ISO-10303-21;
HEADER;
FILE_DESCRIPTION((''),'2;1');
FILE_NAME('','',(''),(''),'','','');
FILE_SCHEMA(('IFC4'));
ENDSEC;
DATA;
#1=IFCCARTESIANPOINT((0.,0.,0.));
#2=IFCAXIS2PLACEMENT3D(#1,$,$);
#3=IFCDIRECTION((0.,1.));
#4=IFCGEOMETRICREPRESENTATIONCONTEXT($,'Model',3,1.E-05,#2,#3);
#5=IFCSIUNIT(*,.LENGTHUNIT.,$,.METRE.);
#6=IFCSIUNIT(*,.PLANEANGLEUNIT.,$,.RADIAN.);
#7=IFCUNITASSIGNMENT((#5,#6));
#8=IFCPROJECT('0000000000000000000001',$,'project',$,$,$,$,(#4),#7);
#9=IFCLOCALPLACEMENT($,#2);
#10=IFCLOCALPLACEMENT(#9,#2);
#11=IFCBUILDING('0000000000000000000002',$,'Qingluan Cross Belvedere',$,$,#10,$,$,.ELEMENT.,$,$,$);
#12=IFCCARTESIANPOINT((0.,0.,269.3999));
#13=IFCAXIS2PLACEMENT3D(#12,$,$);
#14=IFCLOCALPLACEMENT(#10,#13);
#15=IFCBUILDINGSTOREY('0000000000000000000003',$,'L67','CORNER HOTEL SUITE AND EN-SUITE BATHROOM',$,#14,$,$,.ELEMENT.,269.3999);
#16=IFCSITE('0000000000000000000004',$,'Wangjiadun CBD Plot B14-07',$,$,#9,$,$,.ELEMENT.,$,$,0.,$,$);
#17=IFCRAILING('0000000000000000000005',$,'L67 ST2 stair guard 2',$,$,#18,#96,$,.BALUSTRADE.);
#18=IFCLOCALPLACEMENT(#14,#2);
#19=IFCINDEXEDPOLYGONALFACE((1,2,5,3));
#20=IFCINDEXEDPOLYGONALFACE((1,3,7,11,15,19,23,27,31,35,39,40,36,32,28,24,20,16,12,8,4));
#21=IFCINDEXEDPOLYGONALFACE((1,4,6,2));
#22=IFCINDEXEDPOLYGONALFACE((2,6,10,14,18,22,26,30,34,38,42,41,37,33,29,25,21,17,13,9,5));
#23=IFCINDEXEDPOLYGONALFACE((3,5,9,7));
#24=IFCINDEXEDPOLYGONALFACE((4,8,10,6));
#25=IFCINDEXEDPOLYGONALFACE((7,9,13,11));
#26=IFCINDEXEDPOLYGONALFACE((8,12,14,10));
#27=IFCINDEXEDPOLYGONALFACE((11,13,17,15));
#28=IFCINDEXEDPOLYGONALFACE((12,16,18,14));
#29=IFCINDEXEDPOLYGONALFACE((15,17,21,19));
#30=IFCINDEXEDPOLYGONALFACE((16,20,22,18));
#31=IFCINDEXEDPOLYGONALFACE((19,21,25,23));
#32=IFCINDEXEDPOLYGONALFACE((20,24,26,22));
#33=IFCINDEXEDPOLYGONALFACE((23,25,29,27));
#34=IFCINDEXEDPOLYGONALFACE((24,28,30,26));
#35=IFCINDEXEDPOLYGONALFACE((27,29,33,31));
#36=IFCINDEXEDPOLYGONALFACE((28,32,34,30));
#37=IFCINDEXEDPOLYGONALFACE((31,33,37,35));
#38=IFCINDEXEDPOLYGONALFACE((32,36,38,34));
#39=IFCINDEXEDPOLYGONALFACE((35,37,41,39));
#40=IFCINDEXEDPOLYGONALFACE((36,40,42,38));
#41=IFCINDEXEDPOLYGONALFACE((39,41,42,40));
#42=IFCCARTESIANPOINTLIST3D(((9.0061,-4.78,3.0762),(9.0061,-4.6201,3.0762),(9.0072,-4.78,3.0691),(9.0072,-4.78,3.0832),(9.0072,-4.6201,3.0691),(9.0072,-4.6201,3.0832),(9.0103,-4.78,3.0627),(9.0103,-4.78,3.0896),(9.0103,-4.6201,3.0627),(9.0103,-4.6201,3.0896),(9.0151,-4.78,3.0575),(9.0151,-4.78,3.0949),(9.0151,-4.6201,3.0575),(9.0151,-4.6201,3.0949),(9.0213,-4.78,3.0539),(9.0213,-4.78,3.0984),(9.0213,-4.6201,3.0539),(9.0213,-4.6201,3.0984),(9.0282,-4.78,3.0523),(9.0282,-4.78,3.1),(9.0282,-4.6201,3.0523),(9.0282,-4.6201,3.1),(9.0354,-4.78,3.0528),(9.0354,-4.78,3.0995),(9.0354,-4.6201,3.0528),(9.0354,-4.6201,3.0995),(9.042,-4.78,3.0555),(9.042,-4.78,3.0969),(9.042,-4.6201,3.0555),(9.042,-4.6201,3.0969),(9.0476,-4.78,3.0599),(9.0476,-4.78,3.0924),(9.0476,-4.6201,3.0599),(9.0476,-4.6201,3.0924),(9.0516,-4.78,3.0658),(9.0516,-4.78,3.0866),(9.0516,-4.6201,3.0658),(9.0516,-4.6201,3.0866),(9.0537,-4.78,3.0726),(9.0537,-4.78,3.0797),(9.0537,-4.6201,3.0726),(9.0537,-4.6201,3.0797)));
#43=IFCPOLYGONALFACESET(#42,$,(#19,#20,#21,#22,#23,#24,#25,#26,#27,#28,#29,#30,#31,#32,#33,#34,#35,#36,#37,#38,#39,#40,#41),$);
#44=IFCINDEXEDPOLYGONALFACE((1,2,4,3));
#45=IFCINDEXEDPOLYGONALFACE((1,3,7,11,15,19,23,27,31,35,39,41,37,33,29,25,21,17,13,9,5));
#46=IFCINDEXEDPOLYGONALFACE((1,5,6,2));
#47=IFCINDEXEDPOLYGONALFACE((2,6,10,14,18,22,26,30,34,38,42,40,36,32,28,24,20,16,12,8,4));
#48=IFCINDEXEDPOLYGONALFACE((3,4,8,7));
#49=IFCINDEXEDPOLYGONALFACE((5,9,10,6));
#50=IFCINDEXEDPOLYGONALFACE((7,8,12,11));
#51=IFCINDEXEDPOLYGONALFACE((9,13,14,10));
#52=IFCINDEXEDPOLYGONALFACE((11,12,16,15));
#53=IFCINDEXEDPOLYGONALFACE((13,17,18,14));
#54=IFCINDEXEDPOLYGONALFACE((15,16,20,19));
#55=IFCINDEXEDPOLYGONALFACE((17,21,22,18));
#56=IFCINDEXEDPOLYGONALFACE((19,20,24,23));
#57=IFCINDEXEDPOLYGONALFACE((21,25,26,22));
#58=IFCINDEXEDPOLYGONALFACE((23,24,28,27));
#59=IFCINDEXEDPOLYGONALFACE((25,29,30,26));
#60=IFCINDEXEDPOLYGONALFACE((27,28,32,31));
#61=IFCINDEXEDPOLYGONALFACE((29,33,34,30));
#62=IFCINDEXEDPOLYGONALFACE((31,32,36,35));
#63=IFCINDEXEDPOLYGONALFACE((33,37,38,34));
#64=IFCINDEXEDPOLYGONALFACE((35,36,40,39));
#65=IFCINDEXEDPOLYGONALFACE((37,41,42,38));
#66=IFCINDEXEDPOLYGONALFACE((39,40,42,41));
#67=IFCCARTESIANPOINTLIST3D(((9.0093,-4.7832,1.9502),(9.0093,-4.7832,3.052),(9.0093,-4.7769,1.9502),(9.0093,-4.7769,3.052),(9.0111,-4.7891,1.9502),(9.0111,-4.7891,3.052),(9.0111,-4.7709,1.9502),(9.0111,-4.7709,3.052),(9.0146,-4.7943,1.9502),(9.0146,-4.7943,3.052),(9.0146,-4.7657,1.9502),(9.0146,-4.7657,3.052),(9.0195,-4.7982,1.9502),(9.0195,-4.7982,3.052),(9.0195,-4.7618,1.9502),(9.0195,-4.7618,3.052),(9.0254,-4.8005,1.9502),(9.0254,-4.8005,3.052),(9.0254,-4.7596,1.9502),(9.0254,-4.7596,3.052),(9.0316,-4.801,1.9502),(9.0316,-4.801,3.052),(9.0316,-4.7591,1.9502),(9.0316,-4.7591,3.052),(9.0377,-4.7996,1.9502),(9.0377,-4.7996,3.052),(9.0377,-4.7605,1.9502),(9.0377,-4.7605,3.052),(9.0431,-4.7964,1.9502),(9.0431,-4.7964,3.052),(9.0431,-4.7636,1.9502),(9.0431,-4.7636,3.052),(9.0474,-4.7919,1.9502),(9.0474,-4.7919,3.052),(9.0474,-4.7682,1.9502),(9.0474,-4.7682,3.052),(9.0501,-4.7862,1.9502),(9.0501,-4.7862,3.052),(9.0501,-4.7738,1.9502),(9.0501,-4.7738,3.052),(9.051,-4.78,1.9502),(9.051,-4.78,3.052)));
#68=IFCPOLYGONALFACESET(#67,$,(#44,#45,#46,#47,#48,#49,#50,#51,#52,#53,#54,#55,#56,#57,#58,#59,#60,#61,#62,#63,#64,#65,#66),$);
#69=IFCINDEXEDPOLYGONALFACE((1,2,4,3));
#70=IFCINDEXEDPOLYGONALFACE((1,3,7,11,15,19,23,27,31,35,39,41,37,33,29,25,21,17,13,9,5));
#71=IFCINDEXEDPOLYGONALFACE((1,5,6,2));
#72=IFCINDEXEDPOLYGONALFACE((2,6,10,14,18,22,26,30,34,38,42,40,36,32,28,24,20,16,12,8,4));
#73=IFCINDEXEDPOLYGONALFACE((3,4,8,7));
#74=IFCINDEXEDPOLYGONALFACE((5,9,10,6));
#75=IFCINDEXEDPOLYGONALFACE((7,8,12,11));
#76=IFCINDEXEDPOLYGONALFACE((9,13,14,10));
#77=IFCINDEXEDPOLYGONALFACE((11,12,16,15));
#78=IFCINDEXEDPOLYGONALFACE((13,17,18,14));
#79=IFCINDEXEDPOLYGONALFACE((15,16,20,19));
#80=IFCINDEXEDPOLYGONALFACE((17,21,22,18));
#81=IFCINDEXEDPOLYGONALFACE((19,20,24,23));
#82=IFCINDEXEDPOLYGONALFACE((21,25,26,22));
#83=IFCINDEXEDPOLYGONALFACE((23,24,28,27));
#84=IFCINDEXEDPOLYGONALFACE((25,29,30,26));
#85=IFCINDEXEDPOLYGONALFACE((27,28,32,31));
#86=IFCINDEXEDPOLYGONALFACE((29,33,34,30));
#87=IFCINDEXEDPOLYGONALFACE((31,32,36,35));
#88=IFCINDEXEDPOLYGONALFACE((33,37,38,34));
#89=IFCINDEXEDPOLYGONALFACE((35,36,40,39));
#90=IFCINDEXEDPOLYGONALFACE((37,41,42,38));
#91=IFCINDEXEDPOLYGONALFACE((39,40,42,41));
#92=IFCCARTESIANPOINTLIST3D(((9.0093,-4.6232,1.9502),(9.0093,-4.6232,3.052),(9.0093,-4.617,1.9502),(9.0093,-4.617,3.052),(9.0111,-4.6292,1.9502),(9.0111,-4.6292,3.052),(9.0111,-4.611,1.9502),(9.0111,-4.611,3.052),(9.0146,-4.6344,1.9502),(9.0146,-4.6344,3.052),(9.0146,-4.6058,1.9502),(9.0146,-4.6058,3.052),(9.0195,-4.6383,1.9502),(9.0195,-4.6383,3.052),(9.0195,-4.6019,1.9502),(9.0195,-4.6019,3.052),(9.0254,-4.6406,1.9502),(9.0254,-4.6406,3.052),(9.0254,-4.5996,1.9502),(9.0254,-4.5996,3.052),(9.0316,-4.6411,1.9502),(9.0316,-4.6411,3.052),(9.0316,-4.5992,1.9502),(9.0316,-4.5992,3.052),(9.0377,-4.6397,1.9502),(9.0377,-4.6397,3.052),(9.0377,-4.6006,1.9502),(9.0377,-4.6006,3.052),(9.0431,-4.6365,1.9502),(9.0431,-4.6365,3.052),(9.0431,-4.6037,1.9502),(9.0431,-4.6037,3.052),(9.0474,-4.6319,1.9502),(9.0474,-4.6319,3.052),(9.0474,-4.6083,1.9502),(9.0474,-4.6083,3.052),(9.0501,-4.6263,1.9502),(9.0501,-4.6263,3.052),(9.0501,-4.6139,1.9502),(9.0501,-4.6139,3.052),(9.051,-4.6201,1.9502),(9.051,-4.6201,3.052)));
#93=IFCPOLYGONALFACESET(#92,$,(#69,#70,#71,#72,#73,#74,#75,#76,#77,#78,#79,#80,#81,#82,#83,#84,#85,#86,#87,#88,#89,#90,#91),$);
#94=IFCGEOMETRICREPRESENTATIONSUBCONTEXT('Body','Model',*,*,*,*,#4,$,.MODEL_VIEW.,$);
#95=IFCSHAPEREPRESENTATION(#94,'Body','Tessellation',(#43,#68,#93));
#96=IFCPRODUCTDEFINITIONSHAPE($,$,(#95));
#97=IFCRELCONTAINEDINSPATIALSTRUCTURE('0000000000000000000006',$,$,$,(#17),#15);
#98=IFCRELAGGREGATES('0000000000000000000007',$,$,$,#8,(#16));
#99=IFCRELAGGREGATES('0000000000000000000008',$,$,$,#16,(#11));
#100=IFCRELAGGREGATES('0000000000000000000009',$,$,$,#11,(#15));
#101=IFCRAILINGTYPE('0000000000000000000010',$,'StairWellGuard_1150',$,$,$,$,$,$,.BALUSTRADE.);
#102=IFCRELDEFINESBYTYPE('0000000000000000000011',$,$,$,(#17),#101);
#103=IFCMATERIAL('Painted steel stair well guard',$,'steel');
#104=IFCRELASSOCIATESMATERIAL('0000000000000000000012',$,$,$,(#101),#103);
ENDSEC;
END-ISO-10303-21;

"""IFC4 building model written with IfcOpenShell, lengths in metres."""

from ifc_helpers import new_model, si_unit, direction, frame, origin, origin_2d, place, context, subcontext, project, spatial, circle, extrude, material, type_object, element, save


model = new_model("IFC4")

# Units and contexts
model_context = context("Model", 3, precision=1e-05, world=origin(), true_north=direction((0.0, 1.0)))
body_context = subcontext(model_context, "Body", "Model", "MODEL_VIEW")
ifc_project = project(units=[si_unit("LENGTHUNIT", "METRE"), si_unit("PLANEANGLEUNIT", "RADIAN")], contexts=[model_context])

# Site, building, storey
site_placement = place(None, origin())
site = spatial("IfcSite", under=ifc_project, at=site_placement, Name="Wangjiadun CBD Plot B14-07", CompositionType="ELEMENT", RefElevation=0.0)
building_placement = place(site_placement, origin())
building = spatial("IfcBuilding", under=site, at=building_placement, Name="Qingluan Cross Belvedere", CompositionType="ELEMENT")
storey_placement = place(building_placement, frame((0.0, 0.0, 269.3999)))
storey = spatial("IfcBuildingStorey", under=building, at=storey_placement, Name="L67", Description="CORNER HOTEL SUITE AND EN-SUITE BATHROOM", CompositionType="ELEMENT", Elevation=269.3999)

# Railing
ifc_material_1 = material(Name="Painted steel stair well guard", Category="steel")
railing_type_1 = type_object("IfcRailingType", Name="StairWellGuard_1150", PredefinedType="BALUSTRADE", material=ifc_material_1)
railing_1_placement = place(storey_placement, frame((9.03, -4.78, 1.9502)))
element("IfcRailing", 1, at=railing_1_placement, inside=storey, type_object=railing_type_1, Name="L67 ST2 stair guard 2", PredefinedType="BALUSTRADE", context=body_context, shape_type="SweptSolid", body=[
    extrude(circle(Radius=0.0239, at=origin_2d()), frame((0.0, 0.0, 1.126), z_axis=(0.0, 1.0, 0.0), x_axis=(-1.0, 0.0, 0.0)), (0.0, 0.0, 1.0), 0.1599),
    extrude(circle(Radius=0.021, at=origin_2d()), origin(), (0.0, 0.0, 1.0), 1.1018),
    extrude(circle(Radius=0.021, at=origin_2d()), frame((0.0, 0.1599, 0.0)), (0.0, 0.0, 1.0), 1.1018),
])

save(model, "model.ifc")
